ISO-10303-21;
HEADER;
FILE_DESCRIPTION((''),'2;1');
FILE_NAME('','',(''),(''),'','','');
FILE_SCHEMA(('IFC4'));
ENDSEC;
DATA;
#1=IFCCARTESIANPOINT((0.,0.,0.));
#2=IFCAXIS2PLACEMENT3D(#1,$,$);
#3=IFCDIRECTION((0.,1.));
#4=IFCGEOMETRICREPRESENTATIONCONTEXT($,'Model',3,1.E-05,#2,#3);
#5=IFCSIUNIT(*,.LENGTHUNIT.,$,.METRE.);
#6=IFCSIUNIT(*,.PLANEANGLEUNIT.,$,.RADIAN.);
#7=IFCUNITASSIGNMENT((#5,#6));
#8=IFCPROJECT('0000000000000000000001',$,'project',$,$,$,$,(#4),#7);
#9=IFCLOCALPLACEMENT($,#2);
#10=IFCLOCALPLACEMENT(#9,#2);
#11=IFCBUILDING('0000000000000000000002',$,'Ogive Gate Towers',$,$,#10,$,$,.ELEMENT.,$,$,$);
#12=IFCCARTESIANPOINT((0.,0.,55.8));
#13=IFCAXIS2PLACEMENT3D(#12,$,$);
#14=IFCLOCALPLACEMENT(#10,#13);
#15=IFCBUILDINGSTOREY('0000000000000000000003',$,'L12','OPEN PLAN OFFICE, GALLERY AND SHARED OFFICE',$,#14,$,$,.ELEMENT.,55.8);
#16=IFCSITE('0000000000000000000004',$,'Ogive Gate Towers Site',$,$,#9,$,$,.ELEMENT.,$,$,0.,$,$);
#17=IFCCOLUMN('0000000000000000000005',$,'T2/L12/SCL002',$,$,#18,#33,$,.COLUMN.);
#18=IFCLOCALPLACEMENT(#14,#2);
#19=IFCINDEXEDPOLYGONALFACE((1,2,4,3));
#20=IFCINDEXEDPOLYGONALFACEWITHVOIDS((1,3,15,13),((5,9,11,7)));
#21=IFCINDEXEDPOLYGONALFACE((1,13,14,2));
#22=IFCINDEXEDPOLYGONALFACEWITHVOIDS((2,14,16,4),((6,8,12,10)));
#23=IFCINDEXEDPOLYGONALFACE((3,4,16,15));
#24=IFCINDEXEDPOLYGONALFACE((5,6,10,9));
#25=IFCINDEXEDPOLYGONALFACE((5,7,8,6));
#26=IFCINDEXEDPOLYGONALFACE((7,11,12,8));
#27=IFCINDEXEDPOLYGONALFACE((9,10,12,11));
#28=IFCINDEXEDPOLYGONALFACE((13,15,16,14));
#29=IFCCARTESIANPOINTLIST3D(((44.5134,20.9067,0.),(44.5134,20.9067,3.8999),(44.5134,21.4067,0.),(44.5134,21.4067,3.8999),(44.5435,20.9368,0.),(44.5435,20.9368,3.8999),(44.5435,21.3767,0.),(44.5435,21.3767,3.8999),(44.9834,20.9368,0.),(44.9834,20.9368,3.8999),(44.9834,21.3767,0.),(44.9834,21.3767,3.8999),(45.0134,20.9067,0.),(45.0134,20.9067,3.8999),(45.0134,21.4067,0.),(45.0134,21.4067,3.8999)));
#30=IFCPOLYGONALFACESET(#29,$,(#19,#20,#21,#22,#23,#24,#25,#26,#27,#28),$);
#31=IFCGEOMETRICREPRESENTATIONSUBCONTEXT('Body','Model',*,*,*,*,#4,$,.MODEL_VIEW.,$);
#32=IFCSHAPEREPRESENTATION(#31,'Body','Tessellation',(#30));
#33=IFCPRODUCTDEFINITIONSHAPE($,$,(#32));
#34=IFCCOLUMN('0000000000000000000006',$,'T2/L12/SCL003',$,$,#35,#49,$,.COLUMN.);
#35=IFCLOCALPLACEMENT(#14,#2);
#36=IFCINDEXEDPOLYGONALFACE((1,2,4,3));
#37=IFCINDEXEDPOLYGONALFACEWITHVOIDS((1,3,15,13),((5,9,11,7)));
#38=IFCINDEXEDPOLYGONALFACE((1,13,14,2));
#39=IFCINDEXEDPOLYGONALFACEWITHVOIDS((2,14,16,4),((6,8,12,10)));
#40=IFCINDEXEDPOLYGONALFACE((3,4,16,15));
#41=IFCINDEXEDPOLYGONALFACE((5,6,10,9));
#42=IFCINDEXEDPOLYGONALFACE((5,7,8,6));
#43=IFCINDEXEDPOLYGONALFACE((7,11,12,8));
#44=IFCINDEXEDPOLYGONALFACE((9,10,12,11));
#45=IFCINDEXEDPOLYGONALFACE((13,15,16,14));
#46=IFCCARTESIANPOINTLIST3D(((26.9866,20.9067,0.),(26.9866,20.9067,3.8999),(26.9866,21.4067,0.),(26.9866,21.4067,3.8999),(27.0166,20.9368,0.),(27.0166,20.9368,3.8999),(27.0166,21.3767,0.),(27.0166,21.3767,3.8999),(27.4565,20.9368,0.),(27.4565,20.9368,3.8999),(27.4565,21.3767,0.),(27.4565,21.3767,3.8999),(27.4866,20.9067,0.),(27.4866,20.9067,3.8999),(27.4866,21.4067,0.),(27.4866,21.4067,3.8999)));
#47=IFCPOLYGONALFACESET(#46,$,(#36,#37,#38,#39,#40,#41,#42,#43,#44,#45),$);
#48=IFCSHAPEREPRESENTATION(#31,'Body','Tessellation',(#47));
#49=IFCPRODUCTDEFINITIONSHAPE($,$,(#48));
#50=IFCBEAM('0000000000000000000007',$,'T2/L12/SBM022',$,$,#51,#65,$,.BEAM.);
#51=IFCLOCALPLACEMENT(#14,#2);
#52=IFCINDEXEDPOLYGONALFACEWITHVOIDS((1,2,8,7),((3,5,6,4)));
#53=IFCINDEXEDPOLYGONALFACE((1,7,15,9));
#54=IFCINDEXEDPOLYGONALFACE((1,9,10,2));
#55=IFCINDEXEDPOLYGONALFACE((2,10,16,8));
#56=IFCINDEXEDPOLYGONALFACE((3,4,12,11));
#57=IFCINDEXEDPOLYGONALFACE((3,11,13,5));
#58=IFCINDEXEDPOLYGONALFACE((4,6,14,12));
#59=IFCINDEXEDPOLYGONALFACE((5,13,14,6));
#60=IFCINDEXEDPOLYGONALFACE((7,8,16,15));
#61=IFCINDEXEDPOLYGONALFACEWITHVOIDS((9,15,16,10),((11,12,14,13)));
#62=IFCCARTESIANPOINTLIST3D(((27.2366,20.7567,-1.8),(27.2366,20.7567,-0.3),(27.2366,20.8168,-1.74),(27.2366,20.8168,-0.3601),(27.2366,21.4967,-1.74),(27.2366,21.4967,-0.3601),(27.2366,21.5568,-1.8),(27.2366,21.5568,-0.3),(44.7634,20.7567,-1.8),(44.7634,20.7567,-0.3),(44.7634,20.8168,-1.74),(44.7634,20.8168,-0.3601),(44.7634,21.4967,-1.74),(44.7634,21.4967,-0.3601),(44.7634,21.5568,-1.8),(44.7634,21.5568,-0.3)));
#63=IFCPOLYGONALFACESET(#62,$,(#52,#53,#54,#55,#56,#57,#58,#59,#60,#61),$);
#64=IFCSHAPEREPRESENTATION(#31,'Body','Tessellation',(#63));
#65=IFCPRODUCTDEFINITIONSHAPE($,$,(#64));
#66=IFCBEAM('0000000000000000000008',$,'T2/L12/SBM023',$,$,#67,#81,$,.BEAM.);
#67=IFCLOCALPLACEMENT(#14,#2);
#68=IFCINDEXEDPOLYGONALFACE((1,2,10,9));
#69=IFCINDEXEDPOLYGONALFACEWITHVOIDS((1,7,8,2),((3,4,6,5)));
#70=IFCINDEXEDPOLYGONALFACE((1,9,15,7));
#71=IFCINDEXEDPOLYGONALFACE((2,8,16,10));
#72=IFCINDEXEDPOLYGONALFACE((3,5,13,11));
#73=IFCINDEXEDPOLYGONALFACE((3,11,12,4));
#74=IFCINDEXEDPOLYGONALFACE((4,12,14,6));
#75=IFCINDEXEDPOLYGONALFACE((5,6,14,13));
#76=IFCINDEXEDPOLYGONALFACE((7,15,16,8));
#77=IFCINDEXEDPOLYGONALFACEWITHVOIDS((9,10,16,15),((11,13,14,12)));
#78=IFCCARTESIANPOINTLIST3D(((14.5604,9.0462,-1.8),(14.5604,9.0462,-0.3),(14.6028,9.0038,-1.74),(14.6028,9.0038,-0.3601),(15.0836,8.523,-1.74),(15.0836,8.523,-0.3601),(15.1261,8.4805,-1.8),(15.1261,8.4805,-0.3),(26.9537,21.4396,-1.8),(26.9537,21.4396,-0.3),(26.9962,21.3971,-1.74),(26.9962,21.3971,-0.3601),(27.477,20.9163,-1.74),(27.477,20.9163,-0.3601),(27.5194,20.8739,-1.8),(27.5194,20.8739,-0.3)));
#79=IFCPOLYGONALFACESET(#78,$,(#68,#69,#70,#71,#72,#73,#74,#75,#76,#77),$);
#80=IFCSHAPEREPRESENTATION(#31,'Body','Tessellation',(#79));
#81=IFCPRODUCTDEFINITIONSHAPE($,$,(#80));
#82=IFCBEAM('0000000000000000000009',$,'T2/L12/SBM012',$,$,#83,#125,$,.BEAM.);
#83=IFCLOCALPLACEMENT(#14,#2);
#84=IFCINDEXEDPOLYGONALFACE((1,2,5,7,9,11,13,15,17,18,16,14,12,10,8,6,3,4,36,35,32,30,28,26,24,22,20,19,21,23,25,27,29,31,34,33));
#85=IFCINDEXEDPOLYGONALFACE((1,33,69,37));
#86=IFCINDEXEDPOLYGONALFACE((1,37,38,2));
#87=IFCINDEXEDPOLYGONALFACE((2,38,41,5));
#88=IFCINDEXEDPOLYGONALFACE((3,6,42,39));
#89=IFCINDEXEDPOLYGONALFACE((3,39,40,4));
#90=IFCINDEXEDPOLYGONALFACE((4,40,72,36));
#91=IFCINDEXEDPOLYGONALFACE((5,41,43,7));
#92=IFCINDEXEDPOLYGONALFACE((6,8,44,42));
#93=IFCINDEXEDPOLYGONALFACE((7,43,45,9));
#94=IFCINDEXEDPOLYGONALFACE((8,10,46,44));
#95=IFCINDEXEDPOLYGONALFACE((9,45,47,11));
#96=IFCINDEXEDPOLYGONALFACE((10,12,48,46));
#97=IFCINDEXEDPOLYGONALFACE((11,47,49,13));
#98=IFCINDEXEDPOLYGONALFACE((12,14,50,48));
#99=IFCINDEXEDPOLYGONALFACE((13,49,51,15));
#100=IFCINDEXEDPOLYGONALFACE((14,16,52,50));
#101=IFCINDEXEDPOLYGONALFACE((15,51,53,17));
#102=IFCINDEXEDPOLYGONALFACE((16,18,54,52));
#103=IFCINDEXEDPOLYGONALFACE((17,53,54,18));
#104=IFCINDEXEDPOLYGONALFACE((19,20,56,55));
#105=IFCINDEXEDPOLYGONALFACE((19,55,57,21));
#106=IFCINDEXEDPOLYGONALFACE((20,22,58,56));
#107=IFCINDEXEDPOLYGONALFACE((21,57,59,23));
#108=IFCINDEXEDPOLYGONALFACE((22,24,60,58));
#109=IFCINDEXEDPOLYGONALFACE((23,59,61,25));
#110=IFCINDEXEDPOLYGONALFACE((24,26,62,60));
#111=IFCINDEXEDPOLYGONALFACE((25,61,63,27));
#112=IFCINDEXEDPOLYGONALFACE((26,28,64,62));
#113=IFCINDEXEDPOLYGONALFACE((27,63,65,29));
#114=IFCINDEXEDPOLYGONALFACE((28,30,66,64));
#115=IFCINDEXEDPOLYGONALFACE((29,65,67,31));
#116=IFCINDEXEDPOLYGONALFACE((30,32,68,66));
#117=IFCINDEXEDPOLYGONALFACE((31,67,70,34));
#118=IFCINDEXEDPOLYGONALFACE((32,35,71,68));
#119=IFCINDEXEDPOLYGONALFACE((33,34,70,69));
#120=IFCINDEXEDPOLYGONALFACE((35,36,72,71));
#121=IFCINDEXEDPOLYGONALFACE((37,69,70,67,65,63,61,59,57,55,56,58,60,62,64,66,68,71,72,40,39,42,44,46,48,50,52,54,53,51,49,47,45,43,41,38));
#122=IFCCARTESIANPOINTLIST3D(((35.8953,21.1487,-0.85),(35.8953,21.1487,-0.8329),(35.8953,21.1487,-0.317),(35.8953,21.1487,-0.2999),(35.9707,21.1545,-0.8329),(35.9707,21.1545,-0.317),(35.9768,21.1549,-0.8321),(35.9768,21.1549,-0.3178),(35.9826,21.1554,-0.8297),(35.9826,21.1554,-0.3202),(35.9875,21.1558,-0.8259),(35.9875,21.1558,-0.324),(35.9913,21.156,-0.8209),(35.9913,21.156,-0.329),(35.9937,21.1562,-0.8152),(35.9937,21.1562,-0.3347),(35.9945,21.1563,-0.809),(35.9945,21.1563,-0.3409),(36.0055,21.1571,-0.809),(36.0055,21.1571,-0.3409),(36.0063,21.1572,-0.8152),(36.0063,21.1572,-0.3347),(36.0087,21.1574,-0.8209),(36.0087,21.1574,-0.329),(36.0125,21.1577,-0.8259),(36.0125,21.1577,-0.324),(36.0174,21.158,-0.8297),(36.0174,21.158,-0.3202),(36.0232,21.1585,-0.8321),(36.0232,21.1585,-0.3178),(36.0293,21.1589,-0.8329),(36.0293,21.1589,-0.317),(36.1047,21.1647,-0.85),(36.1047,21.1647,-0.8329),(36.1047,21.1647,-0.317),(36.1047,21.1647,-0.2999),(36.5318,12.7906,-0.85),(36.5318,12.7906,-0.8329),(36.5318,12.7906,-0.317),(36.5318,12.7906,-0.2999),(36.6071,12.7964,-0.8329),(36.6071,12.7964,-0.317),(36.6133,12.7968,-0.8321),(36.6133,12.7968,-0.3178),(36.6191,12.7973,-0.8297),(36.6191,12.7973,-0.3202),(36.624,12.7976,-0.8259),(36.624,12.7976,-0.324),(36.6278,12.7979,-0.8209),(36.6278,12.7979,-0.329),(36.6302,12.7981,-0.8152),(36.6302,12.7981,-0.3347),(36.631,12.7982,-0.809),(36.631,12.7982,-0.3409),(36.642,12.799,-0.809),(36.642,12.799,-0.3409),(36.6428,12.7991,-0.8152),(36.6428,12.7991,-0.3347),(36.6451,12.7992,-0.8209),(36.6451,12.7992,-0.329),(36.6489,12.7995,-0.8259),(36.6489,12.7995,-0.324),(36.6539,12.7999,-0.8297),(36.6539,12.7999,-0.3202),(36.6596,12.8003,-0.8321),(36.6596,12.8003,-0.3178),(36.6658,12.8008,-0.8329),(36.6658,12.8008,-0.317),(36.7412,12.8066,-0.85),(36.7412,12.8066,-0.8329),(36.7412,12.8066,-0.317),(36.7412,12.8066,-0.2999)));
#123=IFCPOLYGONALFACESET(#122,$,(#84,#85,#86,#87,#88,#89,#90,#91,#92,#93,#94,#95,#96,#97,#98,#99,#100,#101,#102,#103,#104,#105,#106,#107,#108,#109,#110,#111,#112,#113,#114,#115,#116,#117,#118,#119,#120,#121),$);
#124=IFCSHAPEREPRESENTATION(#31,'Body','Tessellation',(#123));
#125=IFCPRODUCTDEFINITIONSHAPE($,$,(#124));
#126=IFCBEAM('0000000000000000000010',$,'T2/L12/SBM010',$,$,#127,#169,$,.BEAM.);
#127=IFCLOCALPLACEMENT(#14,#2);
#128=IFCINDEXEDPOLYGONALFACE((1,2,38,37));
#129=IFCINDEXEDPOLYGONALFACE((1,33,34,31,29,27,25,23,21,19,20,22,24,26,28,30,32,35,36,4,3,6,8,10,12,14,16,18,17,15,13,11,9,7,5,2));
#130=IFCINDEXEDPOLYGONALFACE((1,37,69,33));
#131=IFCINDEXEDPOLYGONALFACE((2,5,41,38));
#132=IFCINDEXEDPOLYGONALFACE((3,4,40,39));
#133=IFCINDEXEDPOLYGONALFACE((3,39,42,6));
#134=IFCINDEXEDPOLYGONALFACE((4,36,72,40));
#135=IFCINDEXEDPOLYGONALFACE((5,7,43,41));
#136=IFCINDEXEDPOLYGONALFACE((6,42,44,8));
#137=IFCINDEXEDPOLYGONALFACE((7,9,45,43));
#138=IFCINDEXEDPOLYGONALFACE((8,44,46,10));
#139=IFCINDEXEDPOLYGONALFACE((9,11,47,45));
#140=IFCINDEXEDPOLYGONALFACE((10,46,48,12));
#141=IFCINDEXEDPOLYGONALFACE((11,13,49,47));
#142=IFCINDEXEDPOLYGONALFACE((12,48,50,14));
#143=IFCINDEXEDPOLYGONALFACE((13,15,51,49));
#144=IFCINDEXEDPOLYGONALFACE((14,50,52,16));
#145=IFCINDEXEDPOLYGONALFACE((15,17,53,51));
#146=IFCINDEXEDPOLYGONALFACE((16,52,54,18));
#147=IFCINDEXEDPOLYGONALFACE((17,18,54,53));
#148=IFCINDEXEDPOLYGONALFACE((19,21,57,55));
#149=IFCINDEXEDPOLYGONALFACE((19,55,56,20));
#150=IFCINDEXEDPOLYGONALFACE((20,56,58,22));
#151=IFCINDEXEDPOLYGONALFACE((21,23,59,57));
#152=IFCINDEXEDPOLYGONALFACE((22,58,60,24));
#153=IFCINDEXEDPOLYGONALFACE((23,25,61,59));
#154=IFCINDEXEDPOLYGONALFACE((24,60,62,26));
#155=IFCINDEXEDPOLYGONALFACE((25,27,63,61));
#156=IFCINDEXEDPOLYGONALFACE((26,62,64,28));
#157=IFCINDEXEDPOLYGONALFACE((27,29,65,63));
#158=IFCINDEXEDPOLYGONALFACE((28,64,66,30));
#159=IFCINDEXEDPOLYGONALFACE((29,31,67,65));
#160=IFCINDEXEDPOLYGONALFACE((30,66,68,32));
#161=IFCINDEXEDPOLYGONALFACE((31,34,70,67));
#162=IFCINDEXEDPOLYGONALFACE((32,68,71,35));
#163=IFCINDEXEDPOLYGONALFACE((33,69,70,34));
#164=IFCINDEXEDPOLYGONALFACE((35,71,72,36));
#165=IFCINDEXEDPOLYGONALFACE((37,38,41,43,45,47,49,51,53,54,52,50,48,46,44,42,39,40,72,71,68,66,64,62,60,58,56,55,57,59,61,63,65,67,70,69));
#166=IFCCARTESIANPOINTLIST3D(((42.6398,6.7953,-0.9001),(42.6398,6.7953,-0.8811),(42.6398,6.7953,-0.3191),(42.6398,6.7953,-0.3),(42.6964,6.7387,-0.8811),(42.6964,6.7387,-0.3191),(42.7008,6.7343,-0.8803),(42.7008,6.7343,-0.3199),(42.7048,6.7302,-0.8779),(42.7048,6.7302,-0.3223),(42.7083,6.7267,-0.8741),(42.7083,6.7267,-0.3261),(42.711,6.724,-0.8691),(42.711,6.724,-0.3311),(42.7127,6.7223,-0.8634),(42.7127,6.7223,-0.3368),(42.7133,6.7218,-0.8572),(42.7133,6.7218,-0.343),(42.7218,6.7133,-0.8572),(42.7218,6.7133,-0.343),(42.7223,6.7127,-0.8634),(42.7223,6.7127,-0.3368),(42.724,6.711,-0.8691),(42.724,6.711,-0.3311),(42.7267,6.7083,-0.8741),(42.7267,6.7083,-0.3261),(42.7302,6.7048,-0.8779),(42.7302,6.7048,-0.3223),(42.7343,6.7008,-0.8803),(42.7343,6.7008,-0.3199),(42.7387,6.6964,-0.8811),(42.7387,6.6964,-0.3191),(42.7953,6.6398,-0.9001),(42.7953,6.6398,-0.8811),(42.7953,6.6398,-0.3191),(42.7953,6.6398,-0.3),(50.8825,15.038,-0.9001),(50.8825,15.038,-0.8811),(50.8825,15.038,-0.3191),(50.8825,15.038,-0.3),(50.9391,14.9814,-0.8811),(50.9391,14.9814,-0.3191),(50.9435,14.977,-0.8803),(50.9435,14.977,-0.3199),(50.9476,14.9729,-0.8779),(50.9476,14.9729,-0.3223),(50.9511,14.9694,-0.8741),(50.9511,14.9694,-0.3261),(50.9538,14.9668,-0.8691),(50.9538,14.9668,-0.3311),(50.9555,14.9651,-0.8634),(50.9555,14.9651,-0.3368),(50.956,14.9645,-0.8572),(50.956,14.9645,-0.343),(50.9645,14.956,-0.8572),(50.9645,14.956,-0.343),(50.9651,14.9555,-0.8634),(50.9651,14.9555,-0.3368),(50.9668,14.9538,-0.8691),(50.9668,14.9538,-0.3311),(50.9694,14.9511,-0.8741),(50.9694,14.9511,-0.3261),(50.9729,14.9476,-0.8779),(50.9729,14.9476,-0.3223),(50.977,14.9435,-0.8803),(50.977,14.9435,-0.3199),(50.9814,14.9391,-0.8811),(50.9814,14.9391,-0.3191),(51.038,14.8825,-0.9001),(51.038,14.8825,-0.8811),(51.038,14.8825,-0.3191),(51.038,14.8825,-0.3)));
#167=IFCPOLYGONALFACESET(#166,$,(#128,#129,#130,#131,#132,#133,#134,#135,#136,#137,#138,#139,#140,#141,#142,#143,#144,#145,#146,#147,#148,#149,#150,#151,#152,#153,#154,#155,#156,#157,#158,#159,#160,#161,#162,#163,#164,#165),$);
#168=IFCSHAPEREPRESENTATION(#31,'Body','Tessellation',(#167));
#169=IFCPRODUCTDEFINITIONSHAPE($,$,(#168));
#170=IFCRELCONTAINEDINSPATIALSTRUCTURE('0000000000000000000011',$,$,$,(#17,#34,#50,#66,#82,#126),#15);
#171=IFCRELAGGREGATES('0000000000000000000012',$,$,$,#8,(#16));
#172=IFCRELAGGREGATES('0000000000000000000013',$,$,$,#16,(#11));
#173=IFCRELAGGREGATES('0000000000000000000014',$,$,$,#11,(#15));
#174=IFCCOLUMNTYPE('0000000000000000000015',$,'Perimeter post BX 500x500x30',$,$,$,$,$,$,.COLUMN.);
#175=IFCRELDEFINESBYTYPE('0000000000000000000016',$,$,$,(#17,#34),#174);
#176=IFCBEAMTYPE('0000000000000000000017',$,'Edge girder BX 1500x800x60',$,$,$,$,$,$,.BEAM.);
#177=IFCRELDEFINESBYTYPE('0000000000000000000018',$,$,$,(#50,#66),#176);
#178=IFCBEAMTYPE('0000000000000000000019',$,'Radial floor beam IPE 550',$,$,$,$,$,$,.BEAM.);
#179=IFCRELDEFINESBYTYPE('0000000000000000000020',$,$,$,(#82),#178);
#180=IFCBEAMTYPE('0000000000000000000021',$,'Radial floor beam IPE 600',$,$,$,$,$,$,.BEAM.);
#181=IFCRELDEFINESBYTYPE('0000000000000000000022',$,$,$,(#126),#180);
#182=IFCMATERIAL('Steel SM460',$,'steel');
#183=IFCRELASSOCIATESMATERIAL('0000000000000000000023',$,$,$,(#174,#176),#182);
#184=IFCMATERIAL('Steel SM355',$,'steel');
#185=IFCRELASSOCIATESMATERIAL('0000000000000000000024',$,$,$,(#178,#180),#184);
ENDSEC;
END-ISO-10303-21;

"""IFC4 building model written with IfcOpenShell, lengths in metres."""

from ifc_helpers import new_model, si_unit, direction, frame, origin, origin_2d, place, context, subcontext, project, spatial, hollow_rectangle, i_section, extrude, material, material_profile, profile_set, type_object, element, save


model = new_model("IFC4")

# Units and contexts
model_context = context("Model", 3, precision=1e-05, world=origin(), true_north=direction((0.0, 1.0)))
body_context = subcontext(model_context, "Body", "Model", "MODEL_VIEW")
ifc_project = project(units=[si_unit("LENGTHUNIT", "METRE"), si_unit("PLANEANGLEUNIT", "RADIAN")], contexts=[model_context])

# Site, building, storey
site_placement = place(None, origin())
site = spatial("IfcSite", under=ifc_project, at=site_placement, Name="Ogive Gate Towers Site", CompositionType="ELEMENT", RefElevation=0.0)
building_placement = place(site_placement, origin())
building = spatial("IfcBuilding", under=site, at=building_placement, Name="Ogive Gate Towers", CompositionType="ELEMENT")
storey_placement = place(building_placement, frame((0.0, 0.0, 55.8)))
storey = spatial("IfcBuildingStorey", under=building, at=storey_placement, Name="L12", Description="OPEN PLAN OFFICE, GALLERY AND SHARED OFFICE", CompositionType="ELEMENT", Elevation=55.8)

# Columns
ifc_material_1 = material(Name="Steel SM460", Category="steel")
ifc_material_profile_1 = material_profile(ifc_material_1, hollow_rectangle(XDim=0.5, YDim=0.5, WallThickness=0.03, at=origin_2d()), Name="BX 500x500x30")
ifc_profile_set_1 = profile_set([ifc_material_profile_1], Name="Steel SM460")
column_type = type_object("IfcColumnType", Name="Perimeter post BX 500x500x30", PredefinedType="COLUMN", material=ifc_profile_set_1)
for number, where, z_axis, x_axis, name in (
    (1, (44.7634, 21.1567, 0.0), (0.0, 0.0, 1.0), (1.0, 0.0, 0.0), "T2/L12/SCL002"),
    (2, (27.2366, 21.1567, 0.0), (0.0, 0.0, 1.0), (1.0, 0.0, 0.0), "T2/L12/SCL003"),
):
    element("IfcColumn", number, at=place(storey_placement, frame(where, z_axis=z_axis, x_axis=x_axis)), inside=storey, type_object=column_type, Name=name, PredefinedType="COLUMN", context=body_context, shape_type="SweptSolid", body=[
        extrude(hollow_rectangle(XDim=0.5, YDim=0.5, WallThickness=0.03, at=origin_2d()), origin(), (0.0, 0.0, 1.0), 3.8999),
    ])

# Beams
ifc_material_profile_2 = material_profile(ifc_material_1, hollow_rectangle(XDim=0.8, YDim=1.5, WallThickness=0.0601, at=origin_2d()), Name="BX 1500x800x60")
ifc_profile_set_2 = profile_set([ifc_material_profile_2], Name="Steel SM460")
beam_type_1 = type_object("IfcBeamType", Name="Edge girder BX 1500x800x60", PredefinedType="BEAM", material=ifc_profile_set_2)
for number, where, z_axis, x_axis, name in (
    (3, (44.7634, 21.1567, -1.05), (-1.0, 0.0, 0.0), (0.0, -1.0, 0.0), "T2/L12/SBM022"),
    (4, (27.2366, 21.1567, -1.05), (-0.707107, -0.707107, 0.0), (0.707107, -0.707107, 0.0), "T2/L12/SBM023"),
):
    element("IfcBeam", number, at=place(storey_placement, frame(where, z_axis=z_axis, x_axis=x_axis)), inside=storey, type_object=beam_type_1, Name=name, PredefinedType="BEAM", context=body_context, shape_type="SweptSolid", body=[
        extrude(hollow_rectangle(XDim=0.8, YDim=1.5, WallThickness=0.0601, at=origin_2d()), origin(), (0.0, 0.0, 1.0), 17.5269),
    ])
ifc_material_2 = material(Name="Steel SM355", Category="steel")
ifc_material_profile_3 = material_profile(ifc_material_2, i_section(OverallWidth=0.21, OverallDepth=0.55, WebThickness=0.011, FlangeThickness=0.0171, FilletRadius=0.0239, at=origin_2d()), Name="IPE 550")
ifc_profile_set_3 = profile_set([ifc_material_profile_3], Name="Steel SM355")
beam_type_2 = type_object("IfcBeamType", Name="Radial floor beam IPE 550", PredefinedType="BEAM", material=ifc_profile_set_3)
beam_placement = place(storey_placement, frame((36.6365, 12.7986, -0.575), z_axis=(-0.07593, 0.997113, 0.0), x_axis=(-0.997113, -0.07593, 0.0)))
element("IfcBeam", 5, at=beam_placement, inside=storey, type_object=beam_type_2, Name="T2/L12/SBM012", PredefinedType="BEAM", context=body_context, shape_type="SweptSolid", body=[
    extrude(i_section(OverallWidth=0.21, OverallDepth=0.55, WebThickness=0.011, FlangeThickness=0.0171, FilletRadius=0.0239, at=origin_2d()), origin(), (0.0, 0.0, 1.0), 8.3823),
])
ifc_material_profile_4 = material_profile(ifc_material_2, i_section(OverallWidth=0.22, OverallDepth=0.6001, WebThickness=0.012, FlangeThickness=0.019, FilletRadius=0.0239, at=origin_2d()), Name="IPE 600")
ifc_profile_set_4 = profile_set([ifc_material_profile_4], Name="Steel SM355")
beam_type_3 = type_object("IfcBeamType", Name="Radial floor beam IPE 600", PredefinedType="BEAM", material=ifc_profile_set_4)
for number, where, z_axis, x_axis, name in (
    (6, (42.7175, 6.7175, -0.6001), (0.707107, 0.707107, 0.0), (-0.707107, 0.707107, 0.0), "T2/L12/SBM010"),
):
    element("IfcBeam", number, at=place(storey_placement, frame(where, z_axis=z_axis, x_axis=x_axis)), inside=storey, type_object=beam_type_3, Name=name, PredefinedType="BEAM", context=body_context, shape_type="SweptSolid", body=[
        extrude(i_section(OverallWidth=0.22, OverallDepth=0.6001, WebThickness=0.012, FlangeThickness=0.019, FilletRadius=0.0239, at=origin_2d()), origin(), (0.0, 0.0, 1.0), 11.657),
    ])

save(model, "model.ifc")
